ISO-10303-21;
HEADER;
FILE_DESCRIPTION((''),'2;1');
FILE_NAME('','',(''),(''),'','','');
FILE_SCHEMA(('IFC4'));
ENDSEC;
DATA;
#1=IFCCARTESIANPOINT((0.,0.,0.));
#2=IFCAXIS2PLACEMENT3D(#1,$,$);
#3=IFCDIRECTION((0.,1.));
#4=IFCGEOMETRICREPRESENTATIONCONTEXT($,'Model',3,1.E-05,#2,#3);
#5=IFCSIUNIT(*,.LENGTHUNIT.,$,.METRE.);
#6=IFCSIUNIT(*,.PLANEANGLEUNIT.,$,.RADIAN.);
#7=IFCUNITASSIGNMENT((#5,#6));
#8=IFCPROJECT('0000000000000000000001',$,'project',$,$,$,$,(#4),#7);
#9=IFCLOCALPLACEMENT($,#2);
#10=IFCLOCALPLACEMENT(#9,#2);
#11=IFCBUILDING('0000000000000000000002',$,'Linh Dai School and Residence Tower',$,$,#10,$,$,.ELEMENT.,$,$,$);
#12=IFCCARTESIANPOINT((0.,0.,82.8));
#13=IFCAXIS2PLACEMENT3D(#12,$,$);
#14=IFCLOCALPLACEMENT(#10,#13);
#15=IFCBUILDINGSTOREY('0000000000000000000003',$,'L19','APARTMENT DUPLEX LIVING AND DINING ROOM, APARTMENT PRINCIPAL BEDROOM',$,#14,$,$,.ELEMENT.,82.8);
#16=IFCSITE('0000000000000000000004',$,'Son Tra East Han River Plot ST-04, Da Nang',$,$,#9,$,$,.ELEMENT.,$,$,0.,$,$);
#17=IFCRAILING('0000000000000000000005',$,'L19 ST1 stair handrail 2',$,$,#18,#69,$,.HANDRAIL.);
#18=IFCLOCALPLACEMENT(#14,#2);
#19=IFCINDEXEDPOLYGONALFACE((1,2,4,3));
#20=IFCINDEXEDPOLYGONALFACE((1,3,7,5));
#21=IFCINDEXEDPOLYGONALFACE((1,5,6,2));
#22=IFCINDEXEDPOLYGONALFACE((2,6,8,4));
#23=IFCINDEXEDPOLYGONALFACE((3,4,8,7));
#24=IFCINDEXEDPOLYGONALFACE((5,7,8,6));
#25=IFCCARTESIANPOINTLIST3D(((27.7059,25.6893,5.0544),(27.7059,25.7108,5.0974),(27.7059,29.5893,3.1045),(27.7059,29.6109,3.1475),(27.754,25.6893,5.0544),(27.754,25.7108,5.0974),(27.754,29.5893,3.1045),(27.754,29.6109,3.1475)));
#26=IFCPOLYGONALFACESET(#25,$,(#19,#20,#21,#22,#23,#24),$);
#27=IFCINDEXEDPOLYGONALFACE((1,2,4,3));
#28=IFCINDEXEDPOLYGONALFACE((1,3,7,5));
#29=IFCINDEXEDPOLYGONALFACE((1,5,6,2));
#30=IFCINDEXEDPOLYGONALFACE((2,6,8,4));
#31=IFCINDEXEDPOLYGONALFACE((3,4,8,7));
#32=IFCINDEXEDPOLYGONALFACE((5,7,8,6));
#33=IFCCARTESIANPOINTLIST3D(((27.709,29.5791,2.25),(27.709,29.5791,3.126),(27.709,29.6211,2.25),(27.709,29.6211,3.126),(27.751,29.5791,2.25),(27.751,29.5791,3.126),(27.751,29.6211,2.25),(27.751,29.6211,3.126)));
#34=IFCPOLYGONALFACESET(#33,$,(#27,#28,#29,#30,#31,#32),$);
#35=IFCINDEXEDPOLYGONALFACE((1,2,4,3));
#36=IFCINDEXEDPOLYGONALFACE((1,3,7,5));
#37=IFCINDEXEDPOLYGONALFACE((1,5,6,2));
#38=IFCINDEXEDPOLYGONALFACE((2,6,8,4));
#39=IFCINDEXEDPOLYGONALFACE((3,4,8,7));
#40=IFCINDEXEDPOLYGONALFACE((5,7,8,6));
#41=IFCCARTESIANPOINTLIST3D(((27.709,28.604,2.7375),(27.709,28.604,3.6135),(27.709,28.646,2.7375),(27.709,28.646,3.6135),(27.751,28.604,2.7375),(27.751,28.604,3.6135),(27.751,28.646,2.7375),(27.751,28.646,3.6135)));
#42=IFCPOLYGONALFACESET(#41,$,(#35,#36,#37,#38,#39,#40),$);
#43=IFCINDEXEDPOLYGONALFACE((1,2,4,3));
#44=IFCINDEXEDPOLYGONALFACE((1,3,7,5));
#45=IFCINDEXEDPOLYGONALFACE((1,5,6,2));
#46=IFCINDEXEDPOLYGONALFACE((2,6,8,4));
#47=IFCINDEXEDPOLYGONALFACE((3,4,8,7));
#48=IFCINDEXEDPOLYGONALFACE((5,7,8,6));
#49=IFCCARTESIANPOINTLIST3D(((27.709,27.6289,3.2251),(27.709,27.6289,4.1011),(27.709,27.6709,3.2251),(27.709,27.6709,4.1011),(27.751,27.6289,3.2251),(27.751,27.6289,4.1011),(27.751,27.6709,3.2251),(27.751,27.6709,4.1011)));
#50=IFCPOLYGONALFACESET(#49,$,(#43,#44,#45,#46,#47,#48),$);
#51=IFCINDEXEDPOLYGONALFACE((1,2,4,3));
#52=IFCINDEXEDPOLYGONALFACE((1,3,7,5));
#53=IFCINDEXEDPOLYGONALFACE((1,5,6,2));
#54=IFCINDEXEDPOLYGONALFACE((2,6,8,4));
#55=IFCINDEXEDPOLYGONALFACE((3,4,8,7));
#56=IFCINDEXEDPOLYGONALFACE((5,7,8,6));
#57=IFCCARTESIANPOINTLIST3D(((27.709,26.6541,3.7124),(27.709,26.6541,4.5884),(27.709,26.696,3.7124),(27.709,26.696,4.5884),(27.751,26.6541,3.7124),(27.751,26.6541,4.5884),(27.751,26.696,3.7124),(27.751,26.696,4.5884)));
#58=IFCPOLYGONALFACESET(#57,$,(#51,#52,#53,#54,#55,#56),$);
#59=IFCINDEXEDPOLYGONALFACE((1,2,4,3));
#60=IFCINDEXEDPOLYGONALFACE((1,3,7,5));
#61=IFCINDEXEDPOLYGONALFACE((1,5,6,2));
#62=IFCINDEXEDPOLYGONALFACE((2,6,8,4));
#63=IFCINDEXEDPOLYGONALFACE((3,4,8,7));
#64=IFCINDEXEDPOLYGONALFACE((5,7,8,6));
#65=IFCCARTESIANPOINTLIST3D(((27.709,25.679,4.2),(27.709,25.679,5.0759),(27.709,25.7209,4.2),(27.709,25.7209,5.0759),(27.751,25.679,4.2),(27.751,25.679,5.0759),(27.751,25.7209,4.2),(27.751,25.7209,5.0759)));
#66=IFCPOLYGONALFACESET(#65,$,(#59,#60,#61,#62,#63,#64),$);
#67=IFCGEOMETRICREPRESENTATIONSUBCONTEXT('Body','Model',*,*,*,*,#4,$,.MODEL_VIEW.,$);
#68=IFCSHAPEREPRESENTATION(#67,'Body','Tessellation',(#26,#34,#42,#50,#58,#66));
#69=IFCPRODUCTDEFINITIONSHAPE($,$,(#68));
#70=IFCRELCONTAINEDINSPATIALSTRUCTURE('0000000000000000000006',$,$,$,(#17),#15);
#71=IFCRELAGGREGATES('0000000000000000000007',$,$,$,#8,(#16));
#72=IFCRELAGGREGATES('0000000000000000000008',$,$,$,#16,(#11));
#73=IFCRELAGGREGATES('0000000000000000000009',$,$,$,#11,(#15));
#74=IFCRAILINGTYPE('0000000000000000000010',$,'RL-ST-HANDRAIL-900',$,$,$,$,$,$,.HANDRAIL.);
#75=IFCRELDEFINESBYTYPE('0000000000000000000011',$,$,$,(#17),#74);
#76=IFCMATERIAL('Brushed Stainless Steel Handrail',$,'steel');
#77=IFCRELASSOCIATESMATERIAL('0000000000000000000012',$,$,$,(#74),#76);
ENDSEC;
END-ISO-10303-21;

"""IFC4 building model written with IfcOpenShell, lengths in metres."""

from ifc_helpers import new_model, si_unit, direction, frame, origin, origin_2d, place, context, subcontext, project, spatial, rectangle, extrude, source, transform, mapped, material, type_object, element, save


model = new_model("IFC4")

# Units and contexts
model_context = context("Model", 3, precision=1e-05, world=origin(), true_north=direction((0.0, 1.0)))
body_context = subcontext(model_context, "Body", "Model", "MODEL_VIEW")
ifc_project = project(units=[si_unit("LENGTHUNIT", "METRE"), si_unit("PLANEANGLEUNIT", "RADIAN")], contexts=[model_context])

# Site, building, storey
site_placement = place(None, origin())
site = spatial("IfcSite", under=ifc_project, at=site_placement, Name="Son Tra East Han River Plot ST-04, Da Nang", CompositionType="ELEMENT", RefElevation=0.0)
building_placement = place(site_placement, origin())
building = spatial("IfcBuilding", under=site, at=building_placement, Name="Linh Dai School and Residence Tower", CompositionType="ELEMENT")
storey_placement = place(building_placement, frame((0.0, 0.0, 82.8)))
storey = spatial("IfcBuildingStorey", under=building, at=storey_placement, Name="L19", Description="APARTMENT DUPLEX LIVING AND DINING ROOM, APARTMENT PRINCIPAL BEDROOM", CompositionType="ELEMENT", Elevation=82.8)

# Railing
ifc_material_1 = material(Name="Brushed Stainless Steel Handrail", Category="steel")
railing_type_1 = type_object("IfcRailingType", Name="RL-ST-HANDRAIL-900", PredefinedType="HANDRAIL", material=ifc_material_1)
shared_shape_1 = source(origin(), body_context, "Body", "SweptSolid", [
    extrude(rectangle(XDim=0.0481, YDim=0.0481, at=origin_2d()), frame((0.0, 0.0, 0.876), z_axis=(0.0, -0.894438, 0.447191), x_axis=(1.0, 0.0, 0.0)), (0.0, 0.0, 1.0), 4.3604),
    extrude(rectangle(XDim=0.042, YDim=0.042, at=origin_2d()), origin(), (0.0, 0.0, 1.0), 0.876),
    extrude(rectangle(XDim=0.042, YDim=0.042, at=origin_2d()), frame((0.0, -0.9751, 0.4875)), (0.0, 0.0, 1.0), 0.876),
    extrude(rectangle(XDim=0.042, YDim=0.042, at=origin_2d()), frame((0.0, -1.9502, 0.9751)), (0.0, 0.0, 1.0), 0.876),
    extrude(rectangle(XDim=0.042, YDim=0.042, at=origin_2d()), frame((0.0, -2.925, 1.4624)), (0.0, 0.0, 1.0), 0.876),
    extrude(rectangle(XDim=0.042, YDim=0.042, at=origin_2d()), frame((0.0, -3.9001, 1.95)), (0.0, 0.0, 1.0), 0.876),
])
railing_1_placement = place(storey_placement, frame((27.73, 29.6001, 2.25)))
element("IfcRailing", 1, at=railing_1_placement, inside=storey, type_object=railing_type_1, Name="L19 ST1 stair handrail 2", PredefinedType="HANDRAIL", context=body_context, shape_type="MappedRepresentation", body=[
    mapped(shared_shape_1, transform((0.0, 0.0, 0.0), x_axis=(1.0, 0.0, 0.0), y_axis=(0.0, 1.0, 0.0), z_axis=(0.0, 0.0, 1.0), scale=1.0)),
])

save(model, "model.ifc")
